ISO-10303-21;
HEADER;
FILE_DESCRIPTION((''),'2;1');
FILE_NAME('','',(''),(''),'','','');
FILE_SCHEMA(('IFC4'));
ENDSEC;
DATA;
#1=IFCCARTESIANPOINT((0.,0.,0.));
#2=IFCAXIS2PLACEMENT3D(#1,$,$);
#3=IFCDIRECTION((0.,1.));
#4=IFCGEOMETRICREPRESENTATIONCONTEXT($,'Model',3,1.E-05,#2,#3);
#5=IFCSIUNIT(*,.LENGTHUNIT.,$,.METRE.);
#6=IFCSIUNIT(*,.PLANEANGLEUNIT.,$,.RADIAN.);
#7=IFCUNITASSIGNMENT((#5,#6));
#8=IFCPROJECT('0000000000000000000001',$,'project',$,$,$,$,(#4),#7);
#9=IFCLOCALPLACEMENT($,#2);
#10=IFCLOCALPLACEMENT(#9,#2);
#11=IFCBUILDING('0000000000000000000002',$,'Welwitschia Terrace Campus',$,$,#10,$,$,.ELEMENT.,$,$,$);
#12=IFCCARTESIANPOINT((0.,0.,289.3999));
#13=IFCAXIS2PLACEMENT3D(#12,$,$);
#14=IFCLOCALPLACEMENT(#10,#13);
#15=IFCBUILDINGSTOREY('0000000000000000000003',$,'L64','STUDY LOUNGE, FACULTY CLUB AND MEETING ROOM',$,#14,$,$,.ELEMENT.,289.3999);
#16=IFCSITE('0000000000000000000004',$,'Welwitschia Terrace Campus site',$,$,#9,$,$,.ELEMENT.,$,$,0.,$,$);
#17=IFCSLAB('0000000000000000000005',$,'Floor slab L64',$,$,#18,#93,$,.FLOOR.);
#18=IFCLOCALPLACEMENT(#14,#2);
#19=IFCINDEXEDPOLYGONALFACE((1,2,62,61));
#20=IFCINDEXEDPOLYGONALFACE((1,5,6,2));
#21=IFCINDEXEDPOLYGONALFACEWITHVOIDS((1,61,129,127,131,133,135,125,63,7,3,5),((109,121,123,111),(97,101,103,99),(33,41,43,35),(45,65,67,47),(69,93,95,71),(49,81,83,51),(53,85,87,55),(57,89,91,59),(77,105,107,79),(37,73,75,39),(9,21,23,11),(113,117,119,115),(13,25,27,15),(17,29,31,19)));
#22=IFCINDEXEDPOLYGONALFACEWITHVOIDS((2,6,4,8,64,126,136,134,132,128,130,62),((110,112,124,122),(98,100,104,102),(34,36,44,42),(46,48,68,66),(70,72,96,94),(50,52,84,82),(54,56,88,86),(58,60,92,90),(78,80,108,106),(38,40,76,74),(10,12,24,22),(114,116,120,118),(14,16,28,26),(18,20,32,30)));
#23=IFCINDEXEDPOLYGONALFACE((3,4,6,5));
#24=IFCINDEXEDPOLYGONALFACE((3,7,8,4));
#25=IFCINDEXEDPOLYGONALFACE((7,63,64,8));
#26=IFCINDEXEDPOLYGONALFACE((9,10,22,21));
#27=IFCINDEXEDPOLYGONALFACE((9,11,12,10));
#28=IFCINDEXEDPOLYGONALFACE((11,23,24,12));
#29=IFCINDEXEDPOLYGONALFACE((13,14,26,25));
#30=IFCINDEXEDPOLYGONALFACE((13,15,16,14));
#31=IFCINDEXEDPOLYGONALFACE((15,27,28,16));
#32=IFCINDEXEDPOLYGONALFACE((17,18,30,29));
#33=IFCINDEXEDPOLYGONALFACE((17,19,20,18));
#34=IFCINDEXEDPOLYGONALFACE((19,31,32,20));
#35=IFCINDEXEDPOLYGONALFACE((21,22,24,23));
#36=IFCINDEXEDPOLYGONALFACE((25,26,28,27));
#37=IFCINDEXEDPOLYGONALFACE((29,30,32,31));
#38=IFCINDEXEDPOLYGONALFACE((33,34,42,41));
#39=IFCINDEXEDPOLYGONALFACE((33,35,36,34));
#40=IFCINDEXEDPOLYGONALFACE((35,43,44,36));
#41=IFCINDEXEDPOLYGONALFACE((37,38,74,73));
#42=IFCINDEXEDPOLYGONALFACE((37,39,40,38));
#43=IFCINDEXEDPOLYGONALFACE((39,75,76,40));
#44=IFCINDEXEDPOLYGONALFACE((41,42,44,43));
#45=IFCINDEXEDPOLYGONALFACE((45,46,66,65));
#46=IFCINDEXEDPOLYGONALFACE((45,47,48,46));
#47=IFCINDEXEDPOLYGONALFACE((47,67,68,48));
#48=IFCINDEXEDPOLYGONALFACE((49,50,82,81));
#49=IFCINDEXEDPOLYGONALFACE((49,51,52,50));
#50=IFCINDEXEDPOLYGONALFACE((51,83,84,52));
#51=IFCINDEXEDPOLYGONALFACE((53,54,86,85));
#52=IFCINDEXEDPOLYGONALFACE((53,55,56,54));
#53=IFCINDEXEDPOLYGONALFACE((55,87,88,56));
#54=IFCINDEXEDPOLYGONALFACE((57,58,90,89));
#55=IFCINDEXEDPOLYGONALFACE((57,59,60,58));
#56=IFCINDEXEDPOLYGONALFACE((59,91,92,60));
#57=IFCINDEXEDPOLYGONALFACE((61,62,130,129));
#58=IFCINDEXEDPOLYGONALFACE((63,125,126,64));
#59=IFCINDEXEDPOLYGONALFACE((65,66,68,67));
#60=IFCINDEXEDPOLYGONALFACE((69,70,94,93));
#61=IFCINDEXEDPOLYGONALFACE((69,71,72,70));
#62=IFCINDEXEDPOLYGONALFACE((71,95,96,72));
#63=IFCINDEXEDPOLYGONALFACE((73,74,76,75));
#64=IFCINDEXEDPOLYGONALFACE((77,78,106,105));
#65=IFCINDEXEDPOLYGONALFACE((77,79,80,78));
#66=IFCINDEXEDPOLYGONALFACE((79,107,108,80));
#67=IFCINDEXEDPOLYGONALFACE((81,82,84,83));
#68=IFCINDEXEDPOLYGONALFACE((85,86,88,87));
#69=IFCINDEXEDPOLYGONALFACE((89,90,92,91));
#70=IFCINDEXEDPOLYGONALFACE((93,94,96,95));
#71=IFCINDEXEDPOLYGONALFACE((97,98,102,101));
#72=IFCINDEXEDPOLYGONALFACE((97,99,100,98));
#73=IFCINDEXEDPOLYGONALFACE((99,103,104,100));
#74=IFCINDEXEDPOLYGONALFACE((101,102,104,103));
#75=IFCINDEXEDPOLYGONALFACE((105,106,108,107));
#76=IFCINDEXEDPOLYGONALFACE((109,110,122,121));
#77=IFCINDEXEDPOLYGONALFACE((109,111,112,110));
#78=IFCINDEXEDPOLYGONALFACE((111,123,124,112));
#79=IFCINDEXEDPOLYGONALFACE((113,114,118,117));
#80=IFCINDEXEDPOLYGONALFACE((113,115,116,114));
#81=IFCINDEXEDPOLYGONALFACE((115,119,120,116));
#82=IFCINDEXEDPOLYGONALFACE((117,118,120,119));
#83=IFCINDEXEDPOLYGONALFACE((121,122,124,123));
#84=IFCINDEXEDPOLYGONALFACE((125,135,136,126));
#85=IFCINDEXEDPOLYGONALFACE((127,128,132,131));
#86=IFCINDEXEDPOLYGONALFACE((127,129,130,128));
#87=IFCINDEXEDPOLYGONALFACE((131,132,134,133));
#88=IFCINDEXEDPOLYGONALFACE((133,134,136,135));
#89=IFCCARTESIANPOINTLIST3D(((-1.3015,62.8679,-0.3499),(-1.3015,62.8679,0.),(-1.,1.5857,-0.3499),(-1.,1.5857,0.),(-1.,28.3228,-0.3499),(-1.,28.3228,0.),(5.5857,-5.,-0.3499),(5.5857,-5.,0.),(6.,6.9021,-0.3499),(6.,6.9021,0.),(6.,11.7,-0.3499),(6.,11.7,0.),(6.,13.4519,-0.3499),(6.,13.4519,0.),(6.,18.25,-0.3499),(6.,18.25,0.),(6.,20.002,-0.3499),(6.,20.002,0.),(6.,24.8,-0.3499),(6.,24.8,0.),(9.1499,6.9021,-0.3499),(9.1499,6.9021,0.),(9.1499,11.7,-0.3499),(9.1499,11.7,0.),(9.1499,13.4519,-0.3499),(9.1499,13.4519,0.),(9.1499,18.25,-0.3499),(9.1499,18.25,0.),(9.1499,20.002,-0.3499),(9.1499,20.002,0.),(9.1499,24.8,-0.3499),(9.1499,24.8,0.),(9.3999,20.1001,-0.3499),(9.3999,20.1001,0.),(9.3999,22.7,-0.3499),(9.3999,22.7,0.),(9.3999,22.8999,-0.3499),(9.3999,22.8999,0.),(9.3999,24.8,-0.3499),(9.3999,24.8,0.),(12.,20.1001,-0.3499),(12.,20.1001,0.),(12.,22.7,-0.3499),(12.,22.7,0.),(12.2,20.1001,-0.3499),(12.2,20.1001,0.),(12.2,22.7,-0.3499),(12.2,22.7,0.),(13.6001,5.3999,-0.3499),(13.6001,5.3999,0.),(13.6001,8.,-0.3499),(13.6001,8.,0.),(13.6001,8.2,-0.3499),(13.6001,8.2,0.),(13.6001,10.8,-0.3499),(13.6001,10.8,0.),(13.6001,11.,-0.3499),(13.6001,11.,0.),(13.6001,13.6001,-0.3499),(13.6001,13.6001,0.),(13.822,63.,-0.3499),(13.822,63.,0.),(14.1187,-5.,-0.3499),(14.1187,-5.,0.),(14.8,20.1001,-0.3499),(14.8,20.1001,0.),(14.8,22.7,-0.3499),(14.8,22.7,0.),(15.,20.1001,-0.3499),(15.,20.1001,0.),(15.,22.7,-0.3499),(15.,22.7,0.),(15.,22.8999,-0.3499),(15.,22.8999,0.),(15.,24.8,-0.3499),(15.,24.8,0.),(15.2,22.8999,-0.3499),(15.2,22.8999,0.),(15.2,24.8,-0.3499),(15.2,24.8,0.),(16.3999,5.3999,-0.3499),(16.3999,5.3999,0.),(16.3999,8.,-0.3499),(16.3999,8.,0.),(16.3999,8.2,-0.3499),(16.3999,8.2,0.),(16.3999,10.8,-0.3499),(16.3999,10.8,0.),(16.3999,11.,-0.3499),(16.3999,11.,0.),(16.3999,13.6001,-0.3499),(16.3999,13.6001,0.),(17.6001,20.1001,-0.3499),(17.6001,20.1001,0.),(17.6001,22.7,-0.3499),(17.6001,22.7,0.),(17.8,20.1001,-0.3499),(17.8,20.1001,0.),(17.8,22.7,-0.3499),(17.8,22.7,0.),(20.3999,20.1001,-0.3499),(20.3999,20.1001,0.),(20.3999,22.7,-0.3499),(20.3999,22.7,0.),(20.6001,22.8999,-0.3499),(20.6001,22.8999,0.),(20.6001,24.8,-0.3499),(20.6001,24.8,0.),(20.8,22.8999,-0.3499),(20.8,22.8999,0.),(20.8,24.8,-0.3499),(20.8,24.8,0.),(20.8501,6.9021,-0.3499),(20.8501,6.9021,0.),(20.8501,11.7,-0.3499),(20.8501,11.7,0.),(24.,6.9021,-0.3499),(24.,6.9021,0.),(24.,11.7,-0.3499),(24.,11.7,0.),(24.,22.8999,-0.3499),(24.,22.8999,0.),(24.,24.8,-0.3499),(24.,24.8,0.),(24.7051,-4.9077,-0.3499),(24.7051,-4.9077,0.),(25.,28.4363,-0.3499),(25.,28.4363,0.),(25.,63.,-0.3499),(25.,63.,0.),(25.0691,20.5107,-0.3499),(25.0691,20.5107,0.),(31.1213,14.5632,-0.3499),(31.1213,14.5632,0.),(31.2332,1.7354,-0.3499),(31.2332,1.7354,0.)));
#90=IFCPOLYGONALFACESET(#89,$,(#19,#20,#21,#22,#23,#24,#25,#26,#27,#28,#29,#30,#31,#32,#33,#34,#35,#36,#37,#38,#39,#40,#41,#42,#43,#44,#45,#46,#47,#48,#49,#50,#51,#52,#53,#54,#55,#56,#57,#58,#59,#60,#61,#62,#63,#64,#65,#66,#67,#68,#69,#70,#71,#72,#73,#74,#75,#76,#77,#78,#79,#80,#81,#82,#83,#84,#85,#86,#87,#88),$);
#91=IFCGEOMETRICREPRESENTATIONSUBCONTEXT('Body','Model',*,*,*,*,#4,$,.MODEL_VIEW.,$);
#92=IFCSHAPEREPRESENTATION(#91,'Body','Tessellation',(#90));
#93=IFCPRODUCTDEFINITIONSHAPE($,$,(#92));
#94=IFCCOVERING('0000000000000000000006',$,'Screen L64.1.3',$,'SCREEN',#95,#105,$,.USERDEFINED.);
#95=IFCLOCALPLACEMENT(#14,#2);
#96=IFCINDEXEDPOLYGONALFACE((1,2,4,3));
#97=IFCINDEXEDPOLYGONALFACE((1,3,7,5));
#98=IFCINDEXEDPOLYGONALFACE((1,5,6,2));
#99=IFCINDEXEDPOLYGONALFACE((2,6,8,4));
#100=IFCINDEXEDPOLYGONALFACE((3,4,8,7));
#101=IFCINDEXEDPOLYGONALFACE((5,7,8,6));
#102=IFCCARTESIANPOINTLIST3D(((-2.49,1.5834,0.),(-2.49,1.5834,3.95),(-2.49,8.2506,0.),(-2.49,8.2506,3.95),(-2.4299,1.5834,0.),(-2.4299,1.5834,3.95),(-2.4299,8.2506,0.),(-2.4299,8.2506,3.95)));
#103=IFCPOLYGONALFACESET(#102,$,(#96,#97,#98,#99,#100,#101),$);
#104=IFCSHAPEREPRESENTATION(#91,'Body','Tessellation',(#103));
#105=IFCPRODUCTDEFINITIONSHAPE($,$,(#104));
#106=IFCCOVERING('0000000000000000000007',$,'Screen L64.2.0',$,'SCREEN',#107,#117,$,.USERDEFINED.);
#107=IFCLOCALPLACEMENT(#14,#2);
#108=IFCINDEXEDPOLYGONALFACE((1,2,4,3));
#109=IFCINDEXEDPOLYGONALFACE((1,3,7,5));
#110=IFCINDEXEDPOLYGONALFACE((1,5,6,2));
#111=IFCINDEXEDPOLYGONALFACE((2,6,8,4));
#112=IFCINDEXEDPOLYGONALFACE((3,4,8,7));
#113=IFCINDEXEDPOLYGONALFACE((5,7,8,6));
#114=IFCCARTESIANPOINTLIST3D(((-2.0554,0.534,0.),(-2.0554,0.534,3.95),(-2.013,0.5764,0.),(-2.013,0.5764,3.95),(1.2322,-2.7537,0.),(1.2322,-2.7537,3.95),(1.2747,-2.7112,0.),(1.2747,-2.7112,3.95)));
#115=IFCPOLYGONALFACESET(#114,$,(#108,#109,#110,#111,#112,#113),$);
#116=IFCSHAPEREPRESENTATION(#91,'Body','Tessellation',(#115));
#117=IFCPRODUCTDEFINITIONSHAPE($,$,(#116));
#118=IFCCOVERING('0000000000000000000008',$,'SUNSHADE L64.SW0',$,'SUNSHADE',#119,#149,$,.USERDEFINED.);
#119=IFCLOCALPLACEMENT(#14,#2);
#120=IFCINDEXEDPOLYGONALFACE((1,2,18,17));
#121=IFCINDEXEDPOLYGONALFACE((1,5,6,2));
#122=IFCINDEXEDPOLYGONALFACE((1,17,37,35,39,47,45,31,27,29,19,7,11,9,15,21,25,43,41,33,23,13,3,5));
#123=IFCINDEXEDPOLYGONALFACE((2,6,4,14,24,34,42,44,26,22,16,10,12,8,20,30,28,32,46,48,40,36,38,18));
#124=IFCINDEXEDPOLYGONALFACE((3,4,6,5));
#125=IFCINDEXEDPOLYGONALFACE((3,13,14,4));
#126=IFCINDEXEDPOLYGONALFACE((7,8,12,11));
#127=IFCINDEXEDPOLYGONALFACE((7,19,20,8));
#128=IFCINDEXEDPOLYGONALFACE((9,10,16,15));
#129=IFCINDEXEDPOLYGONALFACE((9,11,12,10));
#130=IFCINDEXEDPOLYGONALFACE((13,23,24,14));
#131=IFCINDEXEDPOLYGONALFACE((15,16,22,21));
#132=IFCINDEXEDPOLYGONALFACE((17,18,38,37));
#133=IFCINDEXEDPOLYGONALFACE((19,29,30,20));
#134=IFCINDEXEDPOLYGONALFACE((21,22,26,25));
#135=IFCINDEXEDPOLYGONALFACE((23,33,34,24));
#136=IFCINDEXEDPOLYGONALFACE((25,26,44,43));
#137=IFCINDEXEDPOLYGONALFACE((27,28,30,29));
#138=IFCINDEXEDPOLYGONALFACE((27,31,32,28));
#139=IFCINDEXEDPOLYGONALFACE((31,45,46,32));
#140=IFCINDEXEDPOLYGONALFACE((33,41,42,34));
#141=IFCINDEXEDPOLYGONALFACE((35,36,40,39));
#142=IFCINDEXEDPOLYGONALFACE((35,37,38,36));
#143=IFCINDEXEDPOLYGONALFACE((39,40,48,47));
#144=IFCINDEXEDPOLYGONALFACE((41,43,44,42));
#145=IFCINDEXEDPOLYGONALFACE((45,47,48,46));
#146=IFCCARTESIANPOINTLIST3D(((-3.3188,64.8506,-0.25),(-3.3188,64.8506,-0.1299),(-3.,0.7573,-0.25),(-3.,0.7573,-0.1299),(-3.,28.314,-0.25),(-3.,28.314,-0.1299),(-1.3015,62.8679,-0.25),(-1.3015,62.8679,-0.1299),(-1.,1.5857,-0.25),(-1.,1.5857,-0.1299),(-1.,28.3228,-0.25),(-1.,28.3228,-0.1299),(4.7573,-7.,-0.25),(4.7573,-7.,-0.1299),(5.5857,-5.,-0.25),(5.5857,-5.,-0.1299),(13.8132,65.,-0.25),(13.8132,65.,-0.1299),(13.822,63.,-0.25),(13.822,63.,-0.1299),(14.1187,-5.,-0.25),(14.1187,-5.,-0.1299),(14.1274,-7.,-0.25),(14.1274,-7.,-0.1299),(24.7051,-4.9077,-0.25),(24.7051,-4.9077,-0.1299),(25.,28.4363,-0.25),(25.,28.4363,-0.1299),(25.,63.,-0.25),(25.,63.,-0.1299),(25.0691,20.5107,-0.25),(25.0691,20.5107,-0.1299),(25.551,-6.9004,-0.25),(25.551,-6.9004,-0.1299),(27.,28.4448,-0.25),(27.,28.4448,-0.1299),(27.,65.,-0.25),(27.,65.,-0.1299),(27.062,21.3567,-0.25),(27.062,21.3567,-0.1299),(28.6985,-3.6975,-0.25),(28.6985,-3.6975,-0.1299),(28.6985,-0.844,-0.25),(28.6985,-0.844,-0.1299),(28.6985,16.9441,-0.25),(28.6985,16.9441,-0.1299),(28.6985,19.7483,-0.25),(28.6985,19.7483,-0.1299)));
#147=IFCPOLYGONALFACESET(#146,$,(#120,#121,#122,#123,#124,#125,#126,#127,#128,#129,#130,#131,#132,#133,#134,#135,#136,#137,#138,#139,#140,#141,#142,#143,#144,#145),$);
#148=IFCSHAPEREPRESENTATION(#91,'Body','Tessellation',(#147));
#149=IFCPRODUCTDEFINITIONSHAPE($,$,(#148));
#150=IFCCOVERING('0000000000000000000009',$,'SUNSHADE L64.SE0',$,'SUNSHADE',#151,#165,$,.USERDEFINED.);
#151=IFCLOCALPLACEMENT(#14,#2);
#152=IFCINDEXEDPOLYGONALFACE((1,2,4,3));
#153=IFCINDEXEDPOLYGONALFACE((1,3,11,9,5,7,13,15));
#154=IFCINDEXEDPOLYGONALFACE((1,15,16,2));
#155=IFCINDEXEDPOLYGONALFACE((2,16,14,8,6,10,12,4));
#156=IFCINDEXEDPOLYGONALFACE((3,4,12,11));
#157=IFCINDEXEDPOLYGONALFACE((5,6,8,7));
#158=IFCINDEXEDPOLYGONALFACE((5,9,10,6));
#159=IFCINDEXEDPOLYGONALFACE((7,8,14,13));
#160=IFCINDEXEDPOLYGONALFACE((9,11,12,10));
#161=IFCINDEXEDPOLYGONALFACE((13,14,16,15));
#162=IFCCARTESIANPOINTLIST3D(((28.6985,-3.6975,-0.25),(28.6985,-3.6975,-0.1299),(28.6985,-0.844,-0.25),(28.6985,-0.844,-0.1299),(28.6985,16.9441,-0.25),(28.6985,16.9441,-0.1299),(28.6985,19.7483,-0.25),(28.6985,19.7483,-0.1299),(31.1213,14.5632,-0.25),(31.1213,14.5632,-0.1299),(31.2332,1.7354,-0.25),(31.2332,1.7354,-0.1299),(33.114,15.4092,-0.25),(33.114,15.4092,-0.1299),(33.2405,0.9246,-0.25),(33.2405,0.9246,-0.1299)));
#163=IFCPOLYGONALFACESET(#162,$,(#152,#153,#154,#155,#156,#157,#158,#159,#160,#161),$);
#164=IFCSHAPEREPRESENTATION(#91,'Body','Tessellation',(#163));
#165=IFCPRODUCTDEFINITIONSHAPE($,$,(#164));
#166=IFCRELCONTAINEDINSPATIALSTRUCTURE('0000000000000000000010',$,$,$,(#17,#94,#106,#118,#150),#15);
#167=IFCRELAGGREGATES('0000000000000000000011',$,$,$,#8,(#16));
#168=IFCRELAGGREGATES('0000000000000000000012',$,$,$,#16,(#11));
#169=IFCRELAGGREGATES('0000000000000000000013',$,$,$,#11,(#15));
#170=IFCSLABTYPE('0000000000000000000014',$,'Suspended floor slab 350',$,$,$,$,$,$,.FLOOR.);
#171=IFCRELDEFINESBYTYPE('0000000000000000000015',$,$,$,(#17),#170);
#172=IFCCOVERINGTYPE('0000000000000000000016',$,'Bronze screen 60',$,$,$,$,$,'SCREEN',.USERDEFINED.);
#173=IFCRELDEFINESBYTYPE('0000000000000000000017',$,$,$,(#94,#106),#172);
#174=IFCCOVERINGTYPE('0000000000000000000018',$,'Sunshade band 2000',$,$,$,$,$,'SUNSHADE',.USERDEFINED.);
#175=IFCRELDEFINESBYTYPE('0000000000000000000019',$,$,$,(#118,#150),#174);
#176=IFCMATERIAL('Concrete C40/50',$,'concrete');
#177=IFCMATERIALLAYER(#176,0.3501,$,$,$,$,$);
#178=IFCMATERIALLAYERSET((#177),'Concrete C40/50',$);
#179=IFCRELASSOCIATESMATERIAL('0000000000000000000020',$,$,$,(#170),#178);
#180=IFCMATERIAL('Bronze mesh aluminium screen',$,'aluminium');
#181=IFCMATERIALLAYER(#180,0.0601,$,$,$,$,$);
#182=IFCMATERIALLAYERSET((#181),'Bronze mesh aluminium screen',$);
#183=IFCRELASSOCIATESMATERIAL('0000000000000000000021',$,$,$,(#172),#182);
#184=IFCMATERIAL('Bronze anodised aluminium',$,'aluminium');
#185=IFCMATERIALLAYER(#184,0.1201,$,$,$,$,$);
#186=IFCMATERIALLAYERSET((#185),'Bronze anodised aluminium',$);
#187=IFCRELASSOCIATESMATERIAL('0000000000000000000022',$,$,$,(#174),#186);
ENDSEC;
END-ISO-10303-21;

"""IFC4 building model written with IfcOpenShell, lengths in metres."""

from ifc_helpers import new_model, si_unit, direction, frame, origin, origin_2d, place, context, subcontext, project, spatial, polyline, rectangle, outline, extrude, material, layer, layer_set, type_object, element, save


model = new_model("IFC4")

# Units and contexts
model_context = context("Model", 3, precision=1e-05, world=origin(), true_north=direction((0.0, 1.0)))
body_context = subcontext(model_context, "Body", "Model", "MODEL_VIEW")
ifc_project = project(units=[si_unit("LENGTHUNIT", "METRE"), si_unit("PLANEANGLEUNIT", "RADIAN")], contexts=[model_context])

# Site, building, storey
site_placement = place(None, origin())
site = spatial("IfcSite", under=ifc_project, at=site_placement, Name="Welwitschia Terrace Campus site", CompositionType="ELEMENT", RefElevation=0.0)
building_placement = place(site_placement, origin())
building = spatial("IfcBuilding", under=site, at=building_placement, Name="Welwitschia Terrace Campus", CompositionType="ELEMENT")
storey_placement = place(building_placement, frame((0.0, 0.0, 289.3999)))
storey = spatial("IfcBuildingStorey", under=building, at=storey_placement, Name="L64", Description="STUDY LOUNGE, FACULTY CLUB AND MEETING ROOM", CompositionType="ELEMENT", Elevation=289.3999)

# Slab
ifc_material_1 = material(Name="Concrete C40/50", Category="concrete")
ifc_layer_1 = layer(ifc_material_1, 0.3501)
ifc_layer_set_1 = layer_set([ifc_layer_1], Name="Concrete C40/50")
slab_type_1 = type_object("IfcSlabType", Name="Suspended floor slab 350", PredefinedType="FLOOR", material=ifc_layer_set_1)
slab_1_placement = place(storey_placement, frame((0.0, 0.0, -0.3499)))
element("IfcSlab", 1, at=slab_1_placement, inside=storey, type_object=slab_type_1, Name="Floor slab L64", PredefinedType="FLOOR", context=body_context, shape_type="SweptSolid", body=[
    extrude(outline(polyline([(13.822, 63.0), (25.0, 63.0), (25.0, 28.4363), (25.0691, 20.5107), (31.1213, 14.5632), (31.2332, 1.7354), (24.7051, -4.9077), (14.1187, -5.0), (5.5857, -5.0), (-1.0, 1.5857), (-1.0, 28.3228), (-1.3015, 62.8679), (13.822, 63.0)]), holes=[polyline([(13.6001, 8.0), (13.6001, 5.3999), (16.3999, 5.3999), (16.3999, 8.0), (13.6001, 8.0)]), polyline([(9.1499, 11.7), (6.0, 11.7), (6.0, 6.9021), (9.1499, 6.9021), (9.1499, 11.7)]), polyline([(9.1499, 18.25), (6.0, 18.25), (6.0, 13.4519), (9.1499, 13.4519), (9.1499, 18.25)]), polyline([(12.0, 22.7), (9.3999, 22.7), (9.3999, 20.1001), (12.0, 20.1001), (12.0, 22.7)]), polyline([(14.8, 22.7), (12.2, 22.7), (12.2, 20.1001), (14.8, 20.1001), (14.8, 22.7)]), polyline([(9.1499, 24.8), (6.0, 24.8), (6.0, 20.002), (9.1499, 20.002), (9.1499, 24.8)]), polyline([(15.0, 24.8), (9.3999, 24.8), (9.3999, 22.8999), (15.0, 22.8999), (15.0, 24.8)]), polyline([(20.8501, 11.7), (20.8501, 6.9021), (24.0, 6.9021), (24.0, 11.7), (20.8501, 11.7)]), polyline([(16.3999, 10.8), (13.6001, 10.8), (13.6001, 8.2), (16.3999, 8.2), (16.3999, 10.8)]), polyline([(16.3999, 13.6001), (13.6001, 13.6001), (13.6001, 11.0), (16.3999, 11.0), (16.3999, 13.6001)]), polyline([(17.6001, 22.7), (15.0, 22.7), (15.0, 20.1001), (17.6001, 20.1001), (17.6001, 22.7)]), polyline([(20.3999, 22.7), (17.8, 22.7), (17.8, 20.1001), (20.3999, 20.1001), (20.3999, 22.7)]), polyline([(20.6001, 24.8), (15.2, 24.8), (15.2, 22.8999), (20.6001, 22.8999), (20.6001, 24.8)]), polyline([(24.0, 24.8), (20.8, 24.8), (20.8, 22.8999), (24.0, 22.8999), (24.0, 24.8)])]), origin(), (0.0, 0.0, 1.0), 0.3499),
])

# Coverings
ifc_material_2 = material(Name="Bronze mesh aluminium screen", Category="aluminium")
ifc_layer_2 = layer(ifc_material_2, 0.0601)
ifc_layer_set_2 = layer_set([ifc_layer_2], Name="Bronze mesh aluminium screen")
covering_type_1 = type_object("IfcCoveringType", Name="Bronze screen 60", ElementType="SCREEN", PredefinedType="USERDEFINED", material=ifc_layer_set_2)
covering_1_placement = place(storey_placement, frame((-2.46, 4.917, 0.0), z_axis=(0.0, 0.0, 1.0), x_axis=(0.0, -1.0, 0.0)))
element("IfcCovering", 2, at=covering_1_placement, inside=storey, type_object=covering_type_1, Name="Screen L64.1.3", ObjectType="SCREEN", PredefinedType="USERDEFINED", context=body_context, shape_type="SweptSolid", body=[
    extrude(rectangle(XDim=6.6672, YDim=0.0601, at=origin_2d()), origin(), (0.0, 0.0, 1.0), 3.95),
])
covering_2_placement = place(storey_placement, frame((-0.3904, -1.0886, 0.0), z_axis=(0.0, 0.0, 1.0), x_axis=(0.707107, -0.707107, 0.0)))
element("IfcCovering", 3, at=covering_2_placement, inside=storey, type_object=covering_type_1, Name="Screen L64.2.0", ObjectType="SCREEN", PredefinedType="USERDEFINED", context=body_context, shape_type="SweptSolid", body=[
    extrude(rectangle(XDim=4.6494, YDim=0.0601, at=origin_2d()), origin(), (0.0, 0.0, 1.0), 3.95),
])
ifc_material_3 = material(Name="Bronze anodised aluminium", Category="aluminium")
ifc_layer_3 = layer(ifc_material_3, 0.1201)
ifc_layer_set_3 = layer_set([ifc_layer_3], Name="Bronze anodised aluminium")
covering_type_2 = type_object("IfcCoveringType", Name="Sunshade band 2000", ElementType="SUNSHADE", PredefinedType="USERDEFINED", material=ifc_layer_set_3)
covering_3_placement = place(storey_placement, frame((0.0, 0.0, -0.25)))
element("IfcCovering", 4, at=covering_3_placement, inside=storey, type_object=covering_type_2, Name="SUNSHADE L64.SW0", ObjectType="SUNSHADE", PredefinedType="USERDEFINED", context=body_context, shape_type="SweptSolid", body=[
    extrude(outline(polyline([(27.0, 65.0), (27.0, 28.4448), (27.062, 21.3567), (28.6985, 19.7483), (28.6985, 16.9441), (25.0691, 20.5107), (25.0, 28.4363), (25.0, 63.0), (13.822, 63.0), (-1.3015, 62.8679), (-1.0, 28.3228), (-1.0, 1.5857), (5.5857, -5.0), (14.1187, -5.0), (24.7051, -4.9077), (28.6985, -0.844), (28.6985, -3.6975), (25.551, -6.9004), (14.1274, -7.0), (4.7573, -7.0), (-3.0, 0.7573), (-3.0, 28.314), (-3.3188, 64.8506), (13.8132, 65.0), (27.0, 65.0)])), origin(), (0.0, 0.0, 1.0), 0.1201),
])
covering_4_placement = place(storey_placement, frame((0.0, 0.0, -0.25)))
element("IfcCovering", 5, at=covering_4_placement, inside=storey, type_object=covering_type_2, Name="SUNSHADE L64.SE0", ObjectType="SUNSHADE", PredefinedType="USERDEFINED", context=body_context, shape_type="SweptSolid", body=[
    extrude(outline(polyline([(33.114, 15.4092), (33.2405, 0.9246), (28.6985, -3.6975), (28.6985, -0.844), (31.2332, 1.7354), (31.1213, 14.5632), (28.6985, 16.9441), (28.6985, 19.7483), (33.114, 15.4092)])), origin(), (0.0, 0.0, 1.0), 0.1201),
])

save(model, "model.ifc")
